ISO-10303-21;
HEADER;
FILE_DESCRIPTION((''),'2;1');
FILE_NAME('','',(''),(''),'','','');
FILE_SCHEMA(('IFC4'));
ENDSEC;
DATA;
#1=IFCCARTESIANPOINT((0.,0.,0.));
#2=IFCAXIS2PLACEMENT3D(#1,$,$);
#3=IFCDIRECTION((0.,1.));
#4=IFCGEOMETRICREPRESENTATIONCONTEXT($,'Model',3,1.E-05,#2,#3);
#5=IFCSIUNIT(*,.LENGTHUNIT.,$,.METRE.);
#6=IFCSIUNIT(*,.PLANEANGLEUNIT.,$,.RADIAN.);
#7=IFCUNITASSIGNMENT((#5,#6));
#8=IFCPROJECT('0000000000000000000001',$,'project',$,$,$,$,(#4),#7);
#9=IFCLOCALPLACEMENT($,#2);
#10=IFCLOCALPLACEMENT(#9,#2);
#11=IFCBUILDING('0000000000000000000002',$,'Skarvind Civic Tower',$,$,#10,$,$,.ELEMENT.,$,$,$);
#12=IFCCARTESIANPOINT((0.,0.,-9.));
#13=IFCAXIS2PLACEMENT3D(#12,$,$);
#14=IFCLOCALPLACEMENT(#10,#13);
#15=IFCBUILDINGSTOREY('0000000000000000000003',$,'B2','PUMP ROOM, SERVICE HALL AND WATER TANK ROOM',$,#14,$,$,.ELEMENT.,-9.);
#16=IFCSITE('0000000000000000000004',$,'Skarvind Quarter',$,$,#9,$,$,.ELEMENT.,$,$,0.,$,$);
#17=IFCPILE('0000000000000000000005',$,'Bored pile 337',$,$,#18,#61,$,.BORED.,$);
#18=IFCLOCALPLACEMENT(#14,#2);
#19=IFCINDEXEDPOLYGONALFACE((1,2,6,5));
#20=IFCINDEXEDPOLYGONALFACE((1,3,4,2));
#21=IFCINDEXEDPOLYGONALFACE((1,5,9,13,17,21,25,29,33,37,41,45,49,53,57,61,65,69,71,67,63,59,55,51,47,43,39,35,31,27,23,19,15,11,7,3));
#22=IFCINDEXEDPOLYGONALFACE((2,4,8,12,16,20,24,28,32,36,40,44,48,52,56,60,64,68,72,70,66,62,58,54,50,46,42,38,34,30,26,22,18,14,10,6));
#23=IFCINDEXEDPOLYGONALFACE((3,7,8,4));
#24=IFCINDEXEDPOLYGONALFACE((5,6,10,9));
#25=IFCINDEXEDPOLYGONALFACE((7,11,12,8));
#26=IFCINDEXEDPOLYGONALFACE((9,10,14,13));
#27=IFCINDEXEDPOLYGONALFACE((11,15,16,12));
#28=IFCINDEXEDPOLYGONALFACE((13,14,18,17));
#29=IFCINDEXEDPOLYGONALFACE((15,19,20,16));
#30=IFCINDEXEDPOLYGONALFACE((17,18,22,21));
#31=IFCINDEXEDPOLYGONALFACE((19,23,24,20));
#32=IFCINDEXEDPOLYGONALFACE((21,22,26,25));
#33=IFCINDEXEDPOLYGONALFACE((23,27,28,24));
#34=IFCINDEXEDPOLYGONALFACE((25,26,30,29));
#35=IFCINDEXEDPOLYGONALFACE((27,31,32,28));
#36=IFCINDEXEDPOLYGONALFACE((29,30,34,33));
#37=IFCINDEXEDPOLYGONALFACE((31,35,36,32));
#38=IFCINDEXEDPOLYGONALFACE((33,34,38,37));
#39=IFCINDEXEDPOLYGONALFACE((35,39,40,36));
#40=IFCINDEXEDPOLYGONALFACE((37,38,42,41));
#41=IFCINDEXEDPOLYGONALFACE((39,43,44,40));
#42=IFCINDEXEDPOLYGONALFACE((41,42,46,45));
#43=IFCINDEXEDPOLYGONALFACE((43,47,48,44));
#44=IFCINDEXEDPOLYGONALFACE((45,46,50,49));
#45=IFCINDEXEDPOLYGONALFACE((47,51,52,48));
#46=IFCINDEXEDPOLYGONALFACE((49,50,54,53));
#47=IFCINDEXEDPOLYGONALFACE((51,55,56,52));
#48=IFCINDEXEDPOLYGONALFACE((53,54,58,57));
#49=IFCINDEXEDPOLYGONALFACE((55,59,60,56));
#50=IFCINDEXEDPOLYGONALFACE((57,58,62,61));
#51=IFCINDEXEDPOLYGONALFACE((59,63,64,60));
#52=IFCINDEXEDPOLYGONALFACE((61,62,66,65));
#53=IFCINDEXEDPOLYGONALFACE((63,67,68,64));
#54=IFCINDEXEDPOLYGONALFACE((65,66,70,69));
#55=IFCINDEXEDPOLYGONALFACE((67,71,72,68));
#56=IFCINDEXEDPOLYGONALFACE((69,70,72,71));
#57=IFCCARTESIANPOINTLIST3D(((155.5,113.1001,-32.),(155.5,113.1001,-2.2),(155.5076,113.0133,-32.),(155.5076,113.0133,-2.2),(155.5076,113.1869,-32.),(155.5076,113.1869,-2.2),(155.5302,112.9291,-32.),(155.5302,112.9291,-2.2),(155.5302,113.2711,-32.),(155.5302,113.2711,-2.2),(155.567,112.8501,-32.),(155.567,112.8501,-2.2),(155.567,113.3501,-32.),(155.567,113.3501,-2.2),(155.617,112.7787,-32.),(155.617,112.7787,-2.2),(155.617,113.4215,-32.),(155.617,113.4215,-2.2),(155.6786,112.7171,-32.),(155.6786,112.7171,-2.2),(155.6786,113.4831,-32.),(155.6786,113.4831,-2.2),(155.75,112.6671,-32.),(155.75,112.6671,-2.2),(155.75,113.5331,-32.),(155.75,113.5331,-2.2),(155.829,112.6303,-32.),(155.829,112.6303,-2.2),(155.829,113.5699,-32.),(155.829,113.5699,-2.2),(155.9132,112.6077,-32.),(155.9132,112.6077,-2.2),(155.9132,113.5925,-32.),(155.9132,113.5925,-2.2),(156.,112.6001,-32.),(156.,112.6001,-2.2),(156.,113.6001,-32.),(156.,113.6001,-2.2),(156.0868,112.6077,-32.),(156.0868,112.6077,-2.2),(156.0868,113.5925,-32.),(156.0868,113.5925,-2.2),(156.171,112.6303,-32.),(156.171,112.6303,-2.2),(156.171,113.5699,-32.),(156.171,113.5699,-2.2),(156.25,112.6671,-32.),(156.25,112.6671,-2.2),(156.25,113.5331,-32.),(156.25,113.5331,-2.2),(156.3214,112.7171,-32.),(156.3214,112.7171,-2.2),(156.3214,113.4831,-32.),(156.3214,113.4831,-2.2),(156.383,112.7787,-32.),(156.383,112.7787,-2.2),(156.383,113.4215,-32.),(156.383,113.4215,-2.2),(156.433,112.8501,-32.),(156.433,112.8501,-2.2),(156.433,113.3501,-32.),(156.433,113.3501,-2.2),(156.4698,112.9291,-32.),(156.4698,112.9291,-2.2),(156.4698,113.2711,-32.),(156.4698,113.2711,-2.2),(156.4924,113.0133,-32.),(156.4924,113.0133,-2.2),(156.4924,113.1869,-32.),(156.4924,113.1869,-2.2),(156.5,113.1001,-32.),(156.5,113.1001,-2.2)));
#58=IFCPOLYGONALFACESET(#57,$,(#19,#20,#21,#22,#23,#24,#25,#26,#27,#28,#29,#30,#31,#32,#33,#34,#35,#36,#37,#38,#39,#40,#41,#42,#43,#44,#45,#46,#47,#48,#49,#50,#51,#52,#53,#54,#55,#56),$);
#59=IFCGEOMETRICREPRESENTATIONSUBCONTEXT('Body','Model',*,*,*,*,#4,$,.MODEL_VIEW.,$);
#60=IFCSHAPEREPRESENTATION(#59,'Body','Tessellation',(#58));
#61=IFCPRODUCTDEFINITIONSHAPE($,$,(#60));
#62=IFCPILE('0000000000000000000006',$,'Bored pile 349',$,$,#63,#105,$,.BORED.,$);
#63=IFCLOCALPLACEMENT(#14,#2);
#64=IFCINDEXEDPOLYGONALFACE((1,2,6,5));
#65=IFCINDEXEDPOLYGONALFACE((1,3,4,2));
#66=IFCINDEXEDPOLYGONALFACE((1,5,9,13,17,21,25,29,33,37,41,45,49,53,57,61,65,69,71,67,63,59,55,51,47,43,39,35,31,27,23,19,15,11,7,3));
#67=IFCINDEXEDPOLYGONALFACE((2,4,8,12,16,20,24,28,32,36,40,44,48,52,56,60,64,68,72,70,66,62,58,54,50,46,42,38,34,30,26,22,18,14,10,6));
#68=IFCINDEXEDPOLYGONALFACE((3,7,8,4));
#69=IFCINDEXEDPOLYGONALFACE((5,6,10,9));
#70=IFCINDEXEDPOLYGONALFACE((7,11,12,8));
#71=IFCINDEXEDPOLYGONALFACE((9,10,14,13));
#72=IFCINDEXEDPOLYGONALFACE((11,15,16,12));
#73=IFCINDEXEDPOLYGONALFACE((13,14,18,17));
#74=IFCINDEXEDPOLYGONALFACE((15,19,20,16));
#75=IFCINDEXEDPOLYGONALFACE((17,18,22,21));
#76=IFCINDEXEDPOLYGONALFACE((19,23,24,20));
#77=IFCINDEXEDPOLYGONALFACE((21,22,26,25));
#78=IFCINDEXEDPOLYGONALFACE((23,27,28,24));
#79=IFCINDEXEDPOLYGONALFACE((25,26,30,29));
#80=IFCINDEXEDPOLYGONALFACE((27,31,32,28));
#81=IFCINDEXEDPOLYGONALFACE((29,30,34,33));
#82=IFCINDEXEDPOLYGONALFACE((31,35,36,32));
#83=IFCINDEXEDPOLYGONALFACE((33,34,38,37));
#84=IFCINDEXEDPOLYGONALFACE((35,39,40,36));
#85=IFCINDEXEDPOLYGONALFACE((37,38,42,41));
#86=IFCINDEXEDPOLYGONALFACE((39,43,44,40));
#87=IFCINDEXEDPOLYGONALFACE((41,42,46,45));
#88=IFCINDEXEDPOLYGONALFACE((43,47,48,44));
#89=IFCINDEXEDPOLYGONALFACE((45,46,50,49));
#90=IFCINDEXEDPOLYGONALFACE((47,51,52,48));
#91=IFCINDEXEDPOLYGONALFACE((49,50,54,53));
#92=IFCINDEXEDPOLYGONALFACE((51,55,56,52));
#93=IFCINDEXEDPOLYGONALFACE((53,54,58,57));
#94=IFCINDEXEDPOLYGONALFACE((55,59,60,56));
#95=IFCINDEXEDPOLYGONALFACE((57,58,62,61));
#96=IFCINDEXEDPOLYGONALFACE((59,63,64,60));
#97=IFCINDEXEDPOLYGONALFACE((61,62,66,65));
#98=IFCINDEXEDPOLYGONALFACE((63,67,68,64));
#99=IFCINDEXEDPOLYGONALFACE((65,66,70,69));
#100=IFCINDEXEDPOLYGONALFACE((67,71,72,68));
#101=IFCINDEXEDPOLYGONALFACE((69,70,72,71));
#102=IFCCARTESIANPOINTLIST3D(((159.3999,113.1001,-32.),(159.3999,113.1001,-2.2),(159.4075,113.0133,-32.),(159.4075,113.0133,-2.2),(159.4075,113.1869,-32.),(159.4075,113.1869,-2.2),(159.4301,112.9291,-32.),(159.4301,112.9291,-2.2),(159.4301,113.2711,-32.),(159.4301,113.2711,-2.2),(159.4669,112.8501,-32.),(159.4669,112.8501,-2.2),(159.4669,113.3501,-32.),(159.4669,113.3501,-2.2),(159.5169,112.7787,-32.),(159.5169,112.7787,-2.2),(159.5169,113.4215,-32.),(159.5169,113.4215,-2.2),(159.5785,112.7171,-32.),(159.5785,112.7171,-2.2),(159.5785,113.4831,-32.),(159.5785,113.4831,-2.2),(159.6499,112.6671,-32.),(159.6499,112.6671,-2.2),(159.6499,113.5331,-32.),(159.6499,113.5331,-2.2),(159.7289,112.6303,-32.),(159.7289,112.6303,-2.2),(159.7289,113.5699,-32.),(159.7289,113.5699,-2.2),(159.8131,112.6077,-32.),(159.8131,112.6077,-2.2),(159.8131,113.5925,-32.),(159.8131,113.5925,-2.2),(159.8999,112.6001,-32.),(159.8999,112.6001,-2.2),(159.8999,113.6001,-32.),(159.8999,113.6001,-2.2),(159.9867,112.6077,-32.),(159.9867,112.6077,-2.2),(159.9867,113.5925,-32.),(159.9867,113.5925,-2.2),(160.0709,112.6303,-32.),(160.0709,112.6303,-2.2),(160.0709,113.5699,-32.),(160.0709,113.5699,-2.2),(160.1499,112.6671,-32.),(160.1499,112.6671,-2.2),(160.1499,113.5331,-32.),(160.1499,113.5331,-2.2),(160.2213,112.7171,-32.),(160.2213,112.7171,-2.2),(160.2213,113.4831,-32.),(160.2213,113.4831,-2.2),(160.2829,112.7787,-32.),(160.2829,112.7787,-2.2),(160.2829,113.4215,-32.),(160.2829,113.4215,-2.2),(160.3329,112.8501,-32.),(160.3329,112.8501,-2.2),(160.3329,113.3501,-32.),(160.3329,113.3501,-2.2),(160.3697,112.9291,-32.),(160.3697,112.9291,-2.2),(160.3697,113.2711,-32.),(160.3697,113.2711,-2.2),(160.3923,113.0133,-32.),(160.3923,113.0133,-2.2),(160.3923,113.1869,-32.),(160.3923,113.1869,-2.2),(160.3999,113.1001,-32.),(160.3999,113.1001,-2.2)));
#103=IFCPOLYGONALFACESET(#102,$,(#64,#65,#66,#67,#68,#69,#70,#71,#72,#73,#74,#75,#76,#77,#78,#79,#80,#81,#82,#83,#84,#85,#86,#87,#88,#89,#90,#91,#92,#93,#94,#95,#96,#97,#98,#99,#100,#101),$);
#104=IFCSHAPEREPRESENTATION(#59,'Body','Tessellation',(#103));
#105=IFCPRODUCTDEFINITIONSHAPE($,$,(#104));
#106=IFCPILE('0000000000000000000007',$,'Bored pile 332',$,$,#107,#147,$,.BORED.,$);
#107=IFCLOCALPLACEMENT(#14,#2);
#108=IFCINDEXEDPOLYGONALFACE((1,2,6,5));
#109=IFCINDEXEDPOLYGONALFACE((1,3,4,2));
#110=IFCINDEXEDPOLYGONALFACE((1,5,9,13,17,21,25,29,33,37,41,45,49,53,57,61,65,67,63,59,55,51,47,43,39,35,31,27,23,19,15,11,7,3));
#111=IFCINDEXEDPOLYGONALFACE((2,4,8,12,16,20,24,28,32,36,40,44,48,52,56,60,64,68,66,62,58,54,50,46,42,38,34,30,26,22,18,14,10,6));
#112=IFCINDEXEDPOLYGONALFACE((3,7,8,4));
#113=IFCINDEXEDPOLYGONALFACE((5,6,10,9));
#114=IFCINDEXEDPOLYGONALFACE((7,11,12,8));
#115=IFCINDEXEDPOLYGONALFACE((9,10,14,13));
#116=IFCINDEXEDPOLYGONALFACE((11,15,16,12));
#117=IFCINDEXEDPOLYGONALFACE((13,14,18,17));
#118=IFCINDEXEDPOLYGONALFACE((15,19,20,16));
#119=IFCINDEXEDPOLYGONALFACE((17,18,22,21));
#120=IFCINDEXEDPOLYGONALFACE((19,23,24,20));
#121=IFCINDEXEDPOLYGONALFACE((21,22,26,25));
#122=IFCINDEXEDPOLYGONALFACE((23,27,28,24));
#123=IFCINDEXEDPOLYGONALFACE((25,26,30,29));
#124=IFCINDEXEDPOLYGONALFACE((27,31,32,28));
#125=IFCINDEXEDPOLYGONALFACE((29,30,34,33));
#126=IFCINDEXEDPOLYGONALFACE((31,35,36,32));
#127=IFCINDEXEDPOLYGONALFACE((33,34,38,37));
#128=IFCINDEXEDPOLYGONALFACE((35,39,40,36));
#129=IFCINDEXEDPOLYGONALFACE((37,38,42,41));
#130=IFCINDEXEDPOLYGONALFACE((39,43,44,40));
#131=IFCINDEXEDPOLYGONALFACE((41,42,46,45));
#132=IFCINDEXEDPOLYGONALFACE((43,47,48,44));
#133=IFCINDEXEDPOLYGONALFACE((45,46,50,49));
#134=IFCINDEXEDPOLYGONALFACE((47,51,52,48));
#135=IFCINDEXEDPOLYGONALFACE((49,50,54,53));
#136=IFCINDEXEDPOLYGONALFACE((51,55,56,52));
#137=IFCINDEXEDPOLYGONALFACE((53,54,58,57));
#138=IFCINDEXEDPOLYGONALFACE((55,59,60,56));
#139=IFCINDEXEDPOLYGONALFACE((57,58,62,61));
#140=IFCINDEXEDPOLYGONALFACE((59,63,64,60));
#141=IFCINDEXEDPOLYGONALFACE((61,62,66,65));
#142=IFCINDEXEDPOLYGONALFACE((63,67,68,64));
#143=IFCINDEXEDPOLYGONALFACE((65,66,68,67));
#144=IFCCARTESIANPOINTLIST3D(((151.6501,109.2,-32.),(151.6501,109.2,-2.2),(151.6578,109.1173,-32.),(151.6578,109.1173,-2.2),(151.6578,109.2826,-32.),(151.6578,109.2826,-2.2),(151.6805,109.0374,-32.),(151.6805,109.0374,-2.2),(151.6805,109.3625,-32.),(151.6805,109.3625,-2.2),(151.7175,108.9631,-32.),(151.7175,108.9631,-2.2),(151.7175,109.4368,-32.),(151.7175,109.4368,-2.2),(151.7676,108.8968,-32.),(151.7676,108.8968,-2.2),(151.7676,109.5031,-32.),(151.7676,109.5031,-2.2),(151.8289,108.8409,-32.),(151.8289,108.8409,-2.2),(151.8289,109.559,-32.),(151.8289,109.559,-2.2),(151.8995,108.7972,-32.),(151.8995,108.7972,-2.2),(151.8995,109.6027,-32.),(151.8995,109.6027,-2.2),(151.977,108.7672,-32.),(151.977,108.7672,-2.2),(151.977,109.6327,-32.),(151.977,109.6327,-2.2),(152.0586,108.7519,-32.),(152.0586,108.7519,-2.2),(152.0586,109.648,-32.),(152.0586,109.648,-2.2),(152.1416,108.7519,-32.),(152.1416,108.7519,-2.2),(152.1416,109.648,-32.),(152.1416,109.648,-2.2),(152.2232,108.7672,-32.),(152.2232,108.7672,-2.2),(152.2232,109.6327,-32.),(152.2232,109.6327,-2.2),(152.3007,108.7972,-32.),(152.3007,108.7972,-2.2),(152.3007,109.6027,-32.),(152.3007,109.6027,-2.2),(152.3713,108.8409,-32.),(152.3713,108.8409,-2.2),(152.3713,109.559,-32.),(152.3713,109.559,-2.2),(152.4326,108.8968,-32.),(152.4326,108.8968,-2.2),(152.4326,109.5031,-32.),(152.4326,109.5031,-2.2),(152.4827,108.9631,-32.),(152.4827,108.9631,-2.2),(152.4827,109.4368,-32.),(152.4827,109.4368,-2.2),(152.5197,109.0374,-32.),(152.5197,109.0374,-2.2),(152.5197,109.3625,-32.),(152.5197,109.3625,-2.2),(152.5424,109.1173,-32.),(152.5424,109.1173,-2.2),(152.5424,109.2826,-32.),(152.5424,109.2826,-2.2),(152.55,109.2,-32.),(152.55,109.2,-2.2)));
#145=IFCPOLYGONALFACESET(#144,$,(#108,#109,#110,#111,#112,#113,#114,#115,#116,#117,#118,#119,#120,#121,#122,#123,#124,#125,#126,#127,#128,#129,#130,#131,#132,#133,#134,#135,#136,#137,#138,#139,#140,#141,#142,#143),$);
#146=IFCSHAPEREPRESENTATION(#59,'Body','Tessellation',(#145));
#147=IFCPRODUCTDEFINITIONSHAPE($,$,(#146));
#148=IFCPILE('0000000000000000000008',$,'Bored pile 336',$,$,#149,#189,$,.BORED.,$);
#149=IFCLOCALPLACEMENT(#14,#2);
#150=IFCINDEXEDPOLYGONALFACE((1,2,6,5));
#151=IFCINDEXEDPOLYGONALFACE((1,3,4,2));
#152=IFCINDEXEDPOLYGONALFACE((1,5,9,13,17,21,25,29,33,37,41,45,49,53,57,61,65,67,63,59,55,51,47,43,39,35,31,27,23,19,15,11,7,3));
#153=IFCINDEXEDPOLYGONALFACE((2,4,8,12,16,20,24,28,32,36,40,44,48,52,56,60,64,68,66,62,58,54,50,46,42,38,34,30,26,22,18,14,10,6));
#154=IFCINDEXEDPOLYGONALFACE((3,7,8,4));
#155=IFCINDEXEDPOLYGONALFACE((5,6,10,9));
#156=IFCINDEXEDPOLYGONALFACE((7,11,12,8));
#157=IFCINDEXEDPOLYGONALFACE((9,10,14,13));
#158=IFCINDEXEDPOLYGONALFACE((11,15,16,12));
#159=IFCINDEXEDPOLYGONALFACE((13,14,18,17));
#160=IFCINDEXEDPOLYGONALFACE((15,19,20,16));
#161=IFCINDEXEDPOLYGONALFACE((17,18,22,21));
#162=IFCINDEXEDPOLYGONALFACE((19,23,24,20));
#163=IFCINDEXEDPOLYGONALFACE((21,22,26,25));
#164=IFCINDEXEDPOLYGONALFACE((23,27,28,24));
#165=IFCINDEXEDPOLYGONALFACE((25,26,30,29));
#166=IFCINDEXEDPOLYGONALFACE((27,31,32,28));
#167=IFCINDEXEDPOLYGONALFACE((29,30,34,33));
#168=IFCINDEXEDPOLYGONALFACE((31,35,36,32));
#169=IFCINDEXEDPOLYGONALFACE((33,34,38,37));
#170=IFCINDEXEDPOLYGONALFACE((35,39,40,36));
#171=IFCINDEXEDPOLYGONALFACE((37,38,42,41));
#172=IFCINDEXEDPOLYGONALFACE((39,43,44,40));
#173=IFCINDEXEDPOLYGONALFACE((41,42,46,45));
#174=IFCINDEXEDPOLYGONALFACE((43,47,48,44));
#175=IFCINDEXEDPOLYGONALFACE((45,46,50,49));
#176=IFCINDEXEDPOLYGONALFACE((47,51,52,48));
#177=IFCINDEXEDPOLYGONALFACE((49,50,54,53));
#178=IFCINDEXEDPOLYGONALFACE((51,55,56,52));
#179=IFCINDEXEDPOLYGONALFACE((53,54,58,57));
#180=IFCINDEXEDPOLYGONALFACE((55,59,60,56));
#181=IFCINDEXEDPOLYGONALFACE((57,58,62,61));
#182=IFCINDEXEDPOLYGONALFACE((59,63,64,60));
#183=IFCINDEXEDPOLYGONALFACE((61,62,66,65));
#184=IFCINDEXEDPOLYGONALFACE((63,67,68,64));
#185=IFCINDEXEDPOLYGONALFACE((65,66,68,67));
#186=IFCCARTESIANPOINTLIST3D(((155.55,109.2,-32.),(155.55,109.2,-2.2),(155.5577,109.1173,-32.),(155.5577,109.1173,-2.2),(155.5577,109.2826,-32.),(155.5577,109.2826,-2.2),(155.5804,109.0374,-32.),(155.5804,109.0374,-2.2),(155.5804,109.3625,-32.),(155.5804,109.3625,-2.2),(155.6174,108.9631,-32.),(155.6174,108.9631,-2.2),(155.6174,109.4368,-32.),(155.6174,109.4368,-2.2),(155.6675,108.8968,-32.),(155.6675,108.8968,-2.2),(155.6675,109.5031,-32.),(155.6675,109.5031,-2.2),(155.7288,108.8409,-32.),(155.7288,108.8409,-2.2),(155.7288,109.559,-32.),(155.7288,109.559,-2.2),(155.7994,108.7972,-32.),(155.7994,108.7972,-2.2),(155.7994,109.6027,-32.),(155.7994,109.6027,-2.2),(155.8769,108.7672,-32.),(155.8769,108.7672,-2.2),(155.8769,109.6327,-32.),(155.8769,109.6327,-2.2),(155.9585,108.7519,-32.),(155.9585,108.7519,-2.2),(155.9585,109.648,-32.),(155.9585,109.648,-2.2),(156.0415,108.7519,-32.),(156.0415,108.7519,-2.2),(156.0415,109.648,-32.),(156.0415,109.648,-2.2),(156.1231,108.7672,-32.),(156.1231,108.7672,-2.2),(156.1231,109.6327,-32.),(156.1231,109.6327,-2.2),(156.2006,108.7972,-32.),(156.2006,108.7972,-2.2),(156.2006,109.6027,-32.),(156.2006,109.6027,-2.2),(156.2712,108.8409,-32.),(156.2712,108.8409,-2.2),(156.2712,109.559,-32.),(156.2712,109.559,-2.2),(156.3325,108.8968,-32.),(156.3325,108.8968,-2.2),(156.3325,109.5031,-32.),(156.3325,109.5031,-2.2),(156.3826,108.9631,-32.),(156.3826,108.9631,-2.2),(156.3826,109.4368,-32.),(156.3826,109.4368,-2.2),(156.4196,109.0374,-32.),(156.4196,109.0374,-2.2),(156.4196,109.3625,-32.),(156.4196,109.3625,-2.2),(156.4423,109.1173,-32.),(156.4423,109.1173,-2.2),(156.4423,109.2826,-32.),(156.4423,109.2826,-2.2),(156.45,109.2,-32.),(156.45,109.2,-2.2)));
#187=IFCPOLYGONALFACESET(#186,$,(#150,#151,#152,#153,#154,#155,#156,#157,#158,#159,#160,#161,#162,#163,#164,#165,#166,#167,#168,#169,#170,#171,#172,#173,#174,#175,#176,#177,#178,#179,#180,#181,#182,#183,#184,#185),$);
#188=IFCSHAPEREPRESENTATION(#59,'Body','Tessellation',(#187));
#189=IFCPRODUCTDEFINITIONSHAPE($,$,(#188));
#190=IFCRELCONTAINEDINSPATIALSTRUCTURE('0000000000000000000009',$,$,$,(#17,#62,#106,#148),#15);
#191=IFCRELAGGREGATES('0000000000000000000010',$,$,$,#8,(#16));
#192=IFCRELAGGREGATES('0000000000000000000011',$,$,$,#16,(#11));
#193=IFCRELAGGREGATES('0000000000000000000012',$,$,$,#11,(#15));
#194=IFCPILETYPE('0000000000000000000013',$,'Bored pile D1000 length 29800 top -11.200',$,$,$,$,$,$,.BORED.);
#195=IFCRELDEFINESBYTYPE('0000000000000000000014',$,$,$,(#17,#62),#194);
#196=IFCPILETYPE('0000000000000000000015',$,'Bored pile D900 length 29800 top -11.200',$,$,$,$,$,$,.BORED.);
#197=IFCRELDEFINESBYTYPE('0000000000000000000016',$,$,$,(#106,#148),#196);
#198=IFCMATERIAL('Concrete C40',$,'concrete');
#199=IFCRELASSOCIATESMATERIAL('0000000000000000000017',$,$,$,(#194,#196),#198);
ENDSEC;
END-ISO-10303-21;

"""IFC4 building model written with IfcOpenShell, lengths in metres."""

from ifc_helpers import new_model, si_unit, direction, frame, origin, origin_2d, place, context, subcontext, project, spatial, circle, extrude, material, type_object, element, save


model = new_model("IFC4")

# Units and contexts
model_context = context("Model", 3, precision=1e-05, world=origin(), true_north=direction((0.0, 1.0)))
body_context = subcontext(model_context, "Body", "Model", "MODEL_VIEW")
ifc_project = project(units=[si_unit("LENGTHUNIT", "METRE"), si_unit("PLANEANGLEUNIT", "RADIAN")], contexts=[model_context])

# Site, building, storey
site_placement = place(None, origin())
site = spatial("IfcSite", under=ifc_project, at=site_placement, Name="Skarvind Quarter", CompositionType="ELEMENT", RefElevation=0.0)
building_placement = place(site_placement, origin())
building = spatial("IfcBuilding", under=site, at=building_placement, Name="Skarvind Civic Tower", CompositionType="ELEMENT")
storey_placement = place(building_placement, frame((0.0, 0.0, -9.0)))
storey = spatial("IfcBuildingStorey", under=building, at=storey_placement, Name="B2", Description="PUMP ROOM, SERVICE HALL AND WATER TANK ROOM", CompositionType="ELEMENT", Elevation=-9.0)

# Piles
ifc_material_1 = material(Name="Concrete C40", Category="concrete")
pile_type_1 = type_object("IfcPileType", Name="Bored pile D1000 length 29800 top -11.200", PredefinedType="BORED", material=ifc_material_1)
for number, where, z_axis, x_axis, name in (
    (1, (156.0, 113.1001, -2.2), (0.0, 0.0, -1.0), (1.0, 0.0, 0.0), "Bored pile 337"),
    (2, (159.8999, 113.1001, -2.2), (0.0, 0.0, -1.0), (1.0, 0.0, 0.0), "Bored pile 349"),
):
    element("IfcPile", number, at=place(storey_placement, frame(where, z_axis=z_axis, x_axis=x_axis)), inside=storey, type_object=pile_type_1, Name=name, PredefinedType="BORED", context=body_context, shape_type="SweptSolid", body=[
        extrude(circle(Radius=0.5, at=origin_2d()), origin(), (0.0, 0.0, 1.0), 29.8),
    ])
pile_type_2 = type_object("IfcPileType", Name="Bored pile D900 length 29800 top -11.200", PredefinedType="BORED", material=ifc_material_1)
for number, where, z_axis, x_axis, name in (
    (3, (152.1001, 109.2, -2.2), (0.0, 0.0, -1.0), (1.0, 0.0, 0.0), "Bored pile 332"),
    (4, (156.0, 109.2, -2.2), (0.0, 0.0, -1.0), (1.0, 0.0, 0.0), "Bored pile 336"),
):
    element("IfcPile", number, at=place(storey_placement, frame(where, z_axis=z_axis, x_axis=x_axis)), inside=storey, type_object=pile_type_2, Name=name, PredefinedType="BORED", context=body_context, shape_type="SweptSolid", body=[
        extrude(circle(Radius=0.45, at=origin_2d()), origin(), (0.0, 0.0, 1.0), 29.8),
    ])

save(model, "model.ifc")
